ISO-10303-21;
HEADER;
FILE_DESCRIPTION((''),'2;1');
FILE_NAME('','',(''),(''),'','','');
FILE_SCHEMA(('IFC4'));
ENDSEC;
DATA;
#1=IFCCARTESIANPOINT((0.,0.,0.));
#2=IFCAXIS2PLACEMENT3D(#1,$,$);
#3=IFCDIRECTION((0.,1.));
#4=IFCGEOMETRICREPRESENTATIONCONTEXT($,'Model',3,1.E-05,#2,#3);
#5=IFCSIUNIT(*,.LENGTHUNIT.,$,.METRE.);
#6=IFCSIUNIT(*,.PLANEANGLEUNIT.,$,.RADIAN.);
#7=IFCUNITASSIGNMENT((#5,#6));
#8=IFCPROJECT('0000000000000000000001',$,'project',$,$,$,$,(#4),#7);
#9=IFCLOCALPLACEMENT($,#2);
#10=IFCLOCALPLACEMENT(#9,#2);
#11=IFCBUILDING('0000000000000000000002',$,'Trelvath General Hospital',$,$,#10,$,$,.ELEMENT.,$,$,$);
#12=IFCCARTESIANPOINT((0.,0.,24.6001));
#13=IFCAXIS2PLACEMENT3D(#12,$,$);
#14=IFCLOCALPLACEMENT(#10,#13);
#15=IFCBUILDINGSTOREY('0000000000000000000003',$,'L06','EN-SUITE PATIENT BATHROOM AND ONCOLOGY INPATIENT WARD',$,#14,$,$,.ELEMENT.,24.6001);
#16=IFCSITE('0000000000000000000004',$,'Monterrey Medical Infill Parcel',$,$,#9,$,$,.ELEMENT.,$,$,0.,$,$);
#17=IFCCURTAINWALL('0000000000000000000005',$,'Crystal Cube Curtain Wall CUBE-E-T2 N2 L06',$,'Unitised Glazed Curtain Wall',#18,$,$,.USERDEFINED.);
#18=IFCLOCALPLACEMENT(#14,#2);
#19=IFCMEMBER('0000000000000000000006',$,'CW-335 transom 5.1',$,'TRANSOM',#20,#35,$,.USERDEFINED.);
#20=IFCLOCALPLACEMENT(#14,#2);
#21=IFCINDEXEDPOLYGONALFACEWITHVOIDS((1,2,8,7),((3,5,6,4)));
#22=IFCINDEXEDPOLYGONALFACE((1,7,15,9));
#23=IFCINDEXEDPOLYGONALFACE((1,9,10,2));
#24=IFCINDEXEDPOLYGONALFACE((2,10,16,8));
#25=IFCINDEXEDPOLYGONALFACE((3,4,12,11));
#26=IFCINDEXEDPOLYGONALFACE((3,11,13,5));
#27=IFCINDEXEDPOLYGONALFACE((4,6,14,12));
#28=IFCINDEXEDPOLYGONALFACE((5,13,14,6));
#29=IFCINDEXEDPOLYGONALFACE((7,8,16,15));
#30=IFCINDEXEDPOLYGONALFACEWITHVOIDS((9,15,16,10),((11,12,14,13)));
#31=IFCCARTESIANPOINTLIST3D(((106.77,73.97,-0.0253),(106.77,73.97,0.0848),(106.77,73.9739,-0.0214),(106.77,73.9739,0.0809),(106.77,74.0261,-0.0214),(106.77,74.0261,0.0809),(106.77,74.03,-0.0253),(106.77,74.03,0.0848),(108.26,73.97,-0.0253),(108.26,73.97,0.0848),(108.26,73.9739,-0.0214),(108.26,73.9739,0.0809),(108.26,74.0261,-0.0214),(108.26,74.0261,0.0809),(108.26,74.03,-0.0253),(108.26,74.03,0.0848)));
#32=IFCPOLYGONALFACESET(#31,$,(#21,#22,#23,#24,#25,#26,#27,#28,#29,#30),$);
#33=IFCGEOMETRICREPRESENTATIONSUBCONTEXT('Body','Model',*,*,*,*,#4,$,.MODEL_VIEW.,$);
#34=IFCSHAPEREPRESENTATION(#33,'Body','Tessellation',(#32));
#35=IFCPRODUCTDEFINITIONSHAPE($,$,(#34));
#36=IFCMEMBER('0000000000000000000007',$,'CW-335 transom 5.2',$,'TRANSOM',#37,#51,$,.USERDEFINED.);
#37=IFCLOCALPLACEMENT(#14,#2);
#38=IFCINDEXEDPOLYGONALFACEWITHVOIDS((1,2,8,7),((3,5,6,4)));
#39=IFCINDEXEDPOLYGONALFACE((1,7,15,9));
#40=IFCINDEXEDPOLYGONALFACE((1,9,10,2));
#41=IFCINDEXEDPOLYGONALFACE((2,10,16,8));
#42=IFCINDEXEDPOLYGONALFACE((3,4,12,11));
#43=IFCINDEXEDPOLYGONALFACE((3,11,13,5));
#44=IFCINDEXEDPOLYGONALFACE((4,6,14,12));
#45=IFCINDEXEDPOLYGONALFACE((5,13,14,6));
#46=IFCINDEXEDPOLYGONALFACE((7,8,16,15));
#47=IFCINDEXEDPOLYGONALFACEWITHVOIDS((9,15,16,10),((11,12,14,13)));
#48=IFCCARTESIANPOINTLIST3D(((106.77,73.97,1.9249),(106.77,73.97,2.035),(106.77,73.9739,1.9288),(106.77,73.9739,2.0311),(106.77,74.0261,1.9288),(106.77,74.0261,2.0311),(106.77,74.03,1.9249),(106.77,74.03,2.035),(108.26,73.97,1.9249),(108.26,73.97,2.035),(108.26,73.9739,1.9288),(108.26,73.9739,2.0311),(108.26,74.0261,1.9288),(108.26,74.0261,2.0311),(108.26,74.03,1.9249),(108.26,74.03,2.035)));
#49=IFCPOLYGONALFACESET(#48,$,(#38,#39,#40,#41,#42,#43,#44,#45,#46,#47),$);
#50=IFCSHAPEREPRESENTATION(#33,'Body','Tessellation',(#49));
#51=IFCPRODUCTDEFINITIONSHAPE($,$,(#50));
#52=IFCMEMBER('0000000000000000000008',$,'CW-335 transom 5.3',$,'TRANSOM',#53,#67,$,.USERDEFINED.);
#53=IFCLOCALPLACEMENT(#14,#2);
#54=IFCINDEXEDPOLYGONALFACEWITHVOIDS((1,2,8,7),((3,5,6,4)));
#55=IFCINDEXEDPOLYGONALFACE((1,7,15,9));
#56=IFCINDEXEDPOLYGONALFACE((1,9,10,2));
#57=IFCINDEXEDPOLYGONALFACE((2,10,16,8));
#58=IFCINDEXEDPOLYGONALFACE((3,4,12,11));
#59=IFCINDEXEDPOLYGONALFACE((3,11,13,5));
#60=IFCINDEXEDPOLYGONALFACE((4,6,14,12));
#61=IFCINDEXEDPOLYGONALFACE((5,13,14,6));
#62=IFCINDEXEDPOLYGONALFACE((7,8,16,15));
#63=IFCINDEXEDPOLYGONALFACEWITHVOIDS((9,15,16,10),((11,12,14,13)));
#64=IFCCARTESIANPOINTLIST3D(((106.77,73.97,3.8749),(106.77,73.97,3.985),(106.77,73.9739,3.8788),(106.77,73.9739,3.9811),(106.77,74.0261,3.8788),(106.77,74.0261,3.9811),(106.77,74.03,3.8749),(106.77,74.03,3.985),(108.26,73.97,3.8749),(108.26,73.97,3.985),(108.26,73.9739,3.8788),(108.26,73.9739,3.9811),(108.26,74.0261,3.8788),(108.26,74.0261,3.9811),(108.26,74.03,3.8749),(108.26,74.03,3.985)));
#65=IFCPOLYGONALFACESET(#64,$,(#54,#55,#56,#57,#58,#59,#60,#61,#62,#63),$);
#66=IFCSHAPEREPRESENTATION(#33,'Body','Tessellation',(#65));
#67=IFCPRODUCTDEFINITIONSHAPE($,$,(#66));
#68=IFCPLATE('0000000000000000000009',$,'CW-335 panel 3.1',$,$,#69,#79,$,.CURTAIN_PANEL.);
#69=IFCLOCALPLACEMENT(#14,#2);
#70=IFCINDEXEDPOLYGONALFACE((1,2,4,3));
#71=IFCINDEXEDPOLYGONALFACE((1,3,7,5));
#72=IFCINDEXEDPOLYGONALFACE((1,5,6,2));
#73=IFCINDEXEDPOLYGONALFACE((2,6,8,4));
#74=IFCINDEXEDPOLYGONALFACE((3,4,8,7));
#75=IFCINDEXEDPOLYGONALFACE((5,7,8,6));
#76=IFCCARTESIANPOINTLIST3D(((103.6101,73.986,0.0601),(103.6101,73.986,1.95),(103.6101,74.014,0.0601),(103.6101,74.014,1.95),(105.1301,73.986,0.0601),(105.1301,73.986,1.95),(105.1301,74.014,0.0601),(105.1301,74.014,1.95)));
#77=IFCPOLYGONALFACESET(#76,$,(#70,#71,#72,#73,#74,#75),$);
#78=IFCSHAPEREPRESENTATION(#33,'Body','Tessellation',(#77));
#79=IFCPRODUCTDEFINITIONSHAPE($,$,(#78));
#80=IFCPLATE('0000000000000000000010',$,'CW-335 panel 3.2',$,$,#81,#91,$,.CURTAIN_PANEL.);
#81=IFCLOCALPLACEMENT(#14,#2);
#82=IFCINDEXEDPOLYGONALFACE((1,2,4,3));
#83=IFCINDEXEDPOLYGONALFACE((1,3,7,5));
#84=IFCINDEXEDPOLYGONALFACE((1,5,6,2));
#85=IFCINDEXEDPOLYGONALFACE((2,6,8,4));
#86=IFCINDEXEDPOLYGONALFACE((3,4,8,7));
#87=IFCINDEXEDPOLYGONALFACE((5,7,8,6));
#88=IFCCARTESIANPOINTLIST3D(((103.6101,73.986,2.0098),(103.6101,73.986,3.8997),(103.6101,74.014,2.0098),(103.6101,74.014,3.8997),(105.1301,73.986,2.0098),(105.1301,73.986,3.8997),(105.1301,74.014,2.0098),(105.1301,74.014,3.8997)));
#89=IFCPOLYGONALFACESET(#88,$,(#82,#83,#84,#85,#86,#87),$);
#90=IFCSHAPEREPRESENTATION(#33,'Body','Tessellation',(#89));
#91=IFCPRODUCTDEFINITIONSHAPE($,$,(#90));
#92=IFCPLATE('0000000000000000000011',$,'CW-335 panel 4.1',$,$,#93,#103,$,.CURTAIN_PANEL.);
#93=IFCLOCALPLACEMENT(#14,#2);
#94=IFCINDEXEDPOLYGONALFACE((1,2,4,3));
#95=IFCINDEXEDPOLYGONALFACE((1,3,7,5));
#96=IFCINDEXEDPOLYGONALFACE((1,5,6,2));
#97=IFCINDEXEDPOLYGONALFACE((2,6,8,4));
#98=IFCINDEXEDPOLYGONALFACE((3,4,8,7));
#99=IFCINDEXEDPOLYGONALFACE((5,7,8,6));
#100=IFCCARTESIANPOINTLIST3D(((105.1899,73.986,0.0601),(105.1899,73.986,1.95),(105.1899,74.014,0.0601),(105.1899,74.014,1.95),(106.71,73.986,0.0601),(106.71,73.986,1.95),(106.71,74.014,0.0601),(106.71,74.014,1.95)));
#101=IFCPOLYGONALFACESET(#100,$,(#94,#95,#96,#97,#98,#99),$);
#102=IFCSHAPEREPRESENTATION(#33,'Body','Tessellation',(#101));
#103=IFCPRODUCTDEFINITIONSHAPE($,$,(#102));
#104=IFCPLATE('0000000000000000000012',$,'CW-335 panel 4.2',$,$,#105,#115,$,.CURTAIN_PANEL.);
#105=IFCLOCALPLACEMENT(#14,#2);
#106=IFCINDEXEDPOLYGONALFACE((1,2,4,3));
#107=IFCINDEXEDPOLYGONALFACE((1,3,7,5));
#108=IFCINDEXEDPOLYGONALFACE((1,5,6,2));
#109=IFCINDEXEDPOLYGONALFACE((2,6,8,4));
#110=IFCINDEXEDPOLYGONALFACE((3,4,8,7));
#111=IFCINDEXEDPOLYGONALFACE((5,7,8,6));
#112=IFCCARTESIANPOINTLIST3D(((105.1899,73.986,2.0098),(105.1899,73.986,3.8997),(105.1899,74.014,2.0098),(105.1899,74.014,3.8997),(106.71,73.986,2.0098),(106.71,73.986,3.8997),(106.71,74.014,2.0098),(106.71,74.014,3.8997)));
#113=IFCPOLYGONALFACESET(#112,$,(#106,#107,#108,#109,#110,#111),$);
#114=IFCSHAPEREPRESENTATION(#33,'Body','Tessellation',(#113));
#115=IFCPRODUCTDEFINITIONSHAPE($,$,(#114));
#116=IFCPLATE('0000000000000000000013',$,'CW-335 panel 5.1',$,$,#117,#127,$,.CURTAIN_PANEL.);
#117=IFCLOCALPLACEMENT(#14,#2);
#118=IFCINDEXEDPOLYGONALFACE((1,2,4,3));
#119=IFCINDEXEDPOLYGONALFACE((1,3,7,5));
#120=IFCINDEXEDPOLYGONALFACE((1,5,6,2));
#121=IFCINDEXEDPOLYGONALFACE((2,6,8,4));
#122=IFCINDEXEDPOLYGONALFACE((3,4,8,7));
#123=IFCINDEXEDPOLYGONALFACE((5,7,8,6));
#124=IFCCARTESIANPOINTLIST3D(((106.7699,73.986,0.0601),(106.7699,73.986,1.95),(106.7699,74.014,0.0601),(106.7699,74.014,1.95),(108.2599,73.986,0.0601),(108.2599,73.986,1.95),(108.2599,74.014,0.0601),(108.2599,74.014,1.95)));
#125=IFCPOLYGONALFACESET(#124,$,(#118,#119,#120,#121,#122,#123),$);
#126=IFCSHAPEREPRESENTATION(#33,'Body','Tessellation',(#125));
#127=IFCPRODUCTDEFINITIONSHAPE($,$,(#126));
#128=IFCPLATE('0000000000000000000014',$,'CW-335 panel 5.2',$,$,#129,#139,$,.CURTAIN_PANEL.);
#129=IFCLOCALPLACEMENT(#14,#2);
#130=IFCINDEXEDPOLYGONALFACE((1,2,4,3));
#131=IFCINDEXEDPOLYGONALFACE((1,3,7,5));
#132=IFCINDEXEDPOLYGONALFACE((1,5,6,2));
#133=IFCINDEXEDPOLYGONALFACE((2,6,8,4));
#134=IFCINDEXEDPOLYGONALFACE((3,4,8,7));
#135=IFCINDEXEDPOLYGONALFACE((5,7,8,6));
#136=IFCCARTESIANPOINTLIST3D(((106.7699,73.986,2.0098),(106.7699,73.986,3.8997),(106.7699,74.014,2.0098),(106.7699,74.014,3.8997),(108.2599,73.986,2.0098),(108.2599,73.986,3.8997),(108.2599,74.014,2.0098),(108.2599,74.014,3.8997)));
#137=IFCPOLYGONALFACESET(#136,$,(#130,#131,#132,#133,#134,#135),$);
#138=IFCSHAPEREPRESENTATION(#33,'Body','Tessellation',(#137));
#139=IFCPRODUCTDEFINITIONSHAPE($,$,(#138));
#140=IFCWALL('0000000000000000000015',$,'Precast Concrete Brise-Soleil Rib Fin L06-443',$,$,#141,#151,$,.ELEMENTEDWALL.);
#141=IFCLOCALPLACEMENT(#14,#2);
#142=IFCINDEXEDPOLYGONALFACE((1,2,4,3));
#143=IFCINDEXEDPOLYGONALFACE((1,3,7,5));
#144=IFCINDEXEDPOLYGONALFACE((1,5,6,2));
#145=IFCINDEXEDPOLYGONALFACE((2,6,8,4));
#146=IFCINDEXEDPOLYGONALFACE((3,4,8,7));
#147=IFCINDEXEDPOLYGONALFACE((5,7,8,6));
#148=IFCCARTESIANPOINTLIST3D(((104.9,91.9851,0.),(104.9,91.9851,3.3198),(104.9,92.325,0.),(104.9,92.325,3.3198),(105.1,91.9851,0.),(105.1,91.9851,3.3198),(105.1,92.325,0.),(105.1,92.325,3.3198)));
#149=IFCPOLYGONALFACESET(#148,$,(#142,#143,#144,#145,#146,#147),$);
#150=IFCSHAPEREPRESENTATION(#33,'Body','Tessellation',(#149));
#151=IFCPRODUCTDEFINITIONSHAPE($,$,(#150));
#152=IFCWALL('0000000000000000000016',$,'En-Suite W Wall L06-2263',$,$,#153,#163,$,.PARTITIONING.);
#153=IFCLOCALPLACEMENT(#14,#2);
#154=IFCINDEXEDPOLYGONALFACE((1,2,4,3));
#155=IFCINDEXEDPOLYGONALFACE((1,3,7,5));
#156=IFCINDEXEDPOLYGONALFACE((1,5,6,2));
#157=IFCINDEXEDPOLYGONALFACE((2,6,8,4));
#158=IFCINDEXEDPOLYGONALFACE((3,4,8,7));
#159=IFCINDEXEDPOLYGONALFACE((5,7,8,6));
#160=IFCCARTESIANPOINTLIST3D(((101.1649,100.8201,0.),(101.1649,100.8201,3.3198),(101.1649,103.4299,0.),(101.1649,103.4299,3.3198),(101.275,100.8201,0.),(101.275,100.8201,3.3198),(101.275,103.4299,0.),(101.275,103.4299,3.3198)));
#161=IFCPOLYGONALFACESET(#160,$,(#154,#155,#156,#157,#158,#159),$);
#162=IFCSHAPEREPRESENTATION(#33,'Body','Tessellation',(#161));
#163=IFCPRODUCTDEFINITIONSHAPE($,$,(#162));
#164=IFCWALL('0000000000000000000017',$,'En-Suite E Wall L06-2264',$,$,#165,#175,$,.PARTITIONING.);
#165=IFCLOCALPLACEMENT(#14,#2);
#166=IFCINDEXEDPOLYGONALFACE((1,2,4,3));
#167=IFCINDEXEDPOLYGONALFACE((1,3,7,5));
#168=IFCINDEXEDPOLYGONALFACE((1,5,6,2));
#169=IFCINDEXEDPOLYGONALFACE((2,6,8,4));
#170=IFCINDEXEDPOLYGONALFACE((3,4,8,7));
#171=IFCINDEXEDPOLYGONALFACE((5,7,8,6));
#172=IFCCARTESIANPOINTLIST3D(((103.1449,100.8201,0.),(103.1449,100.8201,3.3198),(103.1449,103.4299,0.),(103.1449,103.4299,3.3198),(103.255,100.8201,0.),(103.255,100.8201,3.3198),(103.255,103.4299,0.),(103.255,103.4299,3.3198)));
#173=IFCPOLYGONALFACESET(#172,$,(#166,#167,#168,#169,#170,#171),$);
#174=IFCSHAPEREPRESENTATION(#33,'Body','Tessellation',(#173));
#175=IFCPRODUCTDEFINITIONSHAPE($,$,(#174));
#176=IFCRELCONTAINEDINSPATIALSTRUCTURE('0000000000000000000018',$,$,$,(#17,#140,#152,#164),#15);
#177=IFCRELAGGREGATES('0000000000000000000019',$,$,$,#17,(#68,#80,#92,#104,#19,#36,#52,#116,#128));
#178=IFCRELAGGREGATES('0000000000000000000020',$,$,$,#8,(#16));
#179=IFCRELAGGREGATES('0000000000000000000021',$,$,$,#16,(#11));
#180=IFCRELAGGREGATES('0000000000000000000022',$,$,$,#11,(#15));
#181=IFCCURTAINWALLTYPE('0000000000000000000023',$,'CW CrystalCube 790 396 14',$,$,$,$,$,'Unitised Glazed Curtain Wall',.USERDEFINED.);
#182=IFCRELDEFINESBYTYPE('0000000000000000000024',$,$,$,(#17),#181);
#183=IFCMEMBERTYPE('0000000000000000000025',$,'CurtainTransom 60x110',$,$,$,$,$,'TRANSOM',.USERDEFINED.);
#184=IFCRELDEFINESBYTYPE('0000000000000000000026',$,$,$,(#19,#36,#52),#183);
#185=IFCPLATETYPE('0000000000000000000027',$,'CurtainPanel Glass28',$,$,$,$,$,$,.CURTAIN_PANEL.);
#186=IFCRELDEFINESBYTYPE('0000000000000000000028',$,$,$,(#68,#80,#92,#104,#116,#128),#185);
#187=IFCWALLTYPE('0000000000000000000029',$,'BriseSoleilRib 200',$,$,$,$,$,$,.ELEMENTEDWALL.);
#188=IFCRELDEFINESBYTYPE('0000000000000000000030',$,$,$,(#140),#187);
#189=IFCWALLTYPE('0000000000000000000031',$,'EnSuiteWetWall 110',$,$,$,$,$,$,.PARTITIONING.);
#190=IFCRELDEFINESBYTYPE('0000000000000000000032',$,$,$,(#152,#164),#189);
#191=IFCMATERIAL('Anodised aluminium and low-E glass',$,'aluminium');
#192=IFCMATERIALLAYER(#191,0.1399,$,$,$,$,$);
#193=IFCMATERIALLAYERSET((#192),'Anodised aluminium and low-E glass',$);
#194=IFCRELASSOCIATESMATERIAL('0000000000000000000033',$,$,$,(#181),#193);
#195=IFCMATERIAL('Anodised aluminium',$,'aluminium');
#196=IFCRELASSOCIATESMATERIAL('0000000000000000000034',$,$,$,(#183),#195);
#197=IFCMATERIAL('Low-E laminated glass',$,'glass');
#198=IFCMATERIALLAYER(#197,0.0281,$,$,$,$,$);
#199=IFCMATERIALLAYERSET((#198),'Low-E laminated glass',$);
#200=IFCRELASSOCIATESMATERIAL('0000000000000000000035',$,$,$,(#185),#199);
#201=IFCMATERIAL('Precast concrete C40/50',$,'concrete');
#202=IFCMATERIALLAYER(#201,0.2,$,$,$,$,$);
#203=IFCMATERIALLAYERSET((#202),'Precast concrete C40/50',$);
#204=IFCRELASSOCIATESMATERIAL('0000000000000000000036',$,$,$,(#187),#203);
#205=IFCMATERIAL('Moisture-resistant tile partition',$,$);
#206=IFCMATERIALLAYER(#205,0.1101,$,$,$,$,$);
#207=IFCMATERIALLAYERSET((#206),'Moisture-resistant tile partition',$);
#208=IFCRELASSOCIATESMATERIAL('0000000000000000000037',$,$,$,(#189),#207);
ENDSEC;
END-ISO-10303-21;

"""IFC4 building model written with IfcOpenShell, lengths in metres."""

from ifc_helpers import new_model, si_unit, direction, frame, frame_2d, origin, origin_2d, place, context, subcontext, project, spatial, rectangle, hollow_rectangle, extrude, material, layer, layer_set, material_profile, profile_set, type_object, element, aggregate, save


model = new_model("IFC4")

# Units and contexts
model_context = context("Model", 3, precision=1e-05, world=origin(), true_north=direction((0.0, 1.0)))
body_context = subcontext(model_context, "Body", "Model", "MODEL_VIEW")
ifc_project = project(units=[si_unit("LENGTHUNIT", "METRE"), si_unit("PLANEANGLEUNIT", "RADIAN")], contexts=[model_context])

# Site, building, storey
site_placement = place(None, origin())
site = spatial("IfcSite", under=ifc_project, at=site_placement, Name="Monterrey Medical Infill Parcel", CompositionType="ELEMENT", RefElevation=0.0)
building_placement = place(site_placement, origin())
building = spatial("IfcBuilding", under=site, at=building_placement, Name="Trelvath General Hospital", CompositionType="ELEMENT")
storey_placement = place(building_placement, frame((0.0, 0.0, 24.6001)))
storey = spatial("IfcBuildingStorey", under=building, at=storey_placement, Name="L06", Description="EN-SUITE PATIENT BATHROOM AND ONCOLOGY INPATIENT WARD", CompositionType="ELEMENT", Elevation=24.6001)

# Curtain wall, members, plates
ifc_material_1 = material(Name="Anodised aluminium and low-E glass", Category="aluminium")
ifc_layer_1 = layer(ifc_material_1, 0.1399)
ifc_layer_set_1 = layer_set([ifc_layer_1], Name="Anodised aluminium and low-E glass")
curtain_wall_type = type_object("IfcCurtainWallType", Name="CW CrystalCube 790 396 14", ElementType="Unitised Glazed Curtain Wall", PredefinedType="USERDEFINED", material=ifc_layer_set_1)
curtain_wall_placement = place(storey_placement, origin())
curtain_wall = element("IfcCurtainWall", 1, at=curtain_wall_placement, inside=storey, type_object=curtain_wall_type, Name="Crystal Cube Curtain Wall CUBE-E-T2 N2 L06", ObjectType="Unitised Glazed Curtain Wall", PredefinedType="USERDEFINED")
ifc_material_2 = material(Name="Anodised aluminium", Category="aluminium")
ifc_material_profile_1 = material_profile(ifc_material_2, hollow_rectangle(XDim=0.0601, YDim=0.1101, WallThickness=0.0039, at=origin_2d()), Name="RHS60x110x4")
ifc_profile_set_1 = profile_set([ifc_material_profile_1], Name="Anodised aluminium")
member_type_1 = type_object("IfcMemberType", Name="CurtainTransom 60x110", ElementType="TRANSOM", PredefinedType="USERDEFINED", material=ifc_profile_set_1)
member_1_placement = place(storey_placement, frame((106.77, 74.0, 0.0298), z_axis=(1.0, 0.0, 0.0), x_axis=(0.0, 1.0, 0.0)))
member_1 = element("IfcMember", 2, at=member_1_placement, type_object=member_type_1, Name="CW-335 transom 5.1", ObjectType="TRANSOM", PredefinedType="USERDEFINED", context=body_context, shape_type="SweptSolid", body=[
    extrude(hollow_rectangle(XDim=0.0601, YDim=0.1101, WallThickness=0.0039, at=origin_2d()), origin(), (0.0, 0.0, 1.0), 1.49),
])
member_2_placement = place(storey_placement, frame((106.77, 74.0, 1.98), z_axis=(1.0, 0.0, 0.0), x_axis=(0.0, 1.0, 0.0)))
member_2 = element("IfcMember", 3, at=member_2_placement, type_object=member_type_1, Name="CW-335 transom 5.2", ObjectType="TRANSOM", PredefinedType="USERDEFINED", context=body_context, shape_type="SweptSolid", body=[
    extrude(hollow_rectangle(XDim=0.0601, YDim=0.1101, WallThickness=0.0039, at=origin_2d()), origin(), (0.0, 0.0, 1.0), 1.49),
])
member_3_placement = place(storey_placement, frame((106.77, 74.0, 3.9299), z_axis=(1.0, 0.0, 0.0), x_axis=(0.0, 1.0, 0.0)))
member_3 = element("IfcMember", 4, at=member_3_placement, type_object=member_type_1, Name="CW-335 transom 5.3", ObjectType="TRANSOM", PredefinedType="USERDEFINED", context=body_context, shape_type="SweptSolid", body=[
    extrude(hollow_rectangle(XDim=0.0601, YDim=0.1101, WallThickness=0.0039, at=origin_2d()), origin(), (0.0, 0.0, 1.0), 1.49),
])
ifc_material_3 = material(Name="Low-E laminated glass", Category="glass")
ifc_layer_2 = layer(ifc_material_3, 0.0281)
ifc_layer_set_2 = layer_set([ifc_layer_2], Name="Low-E laminated glass")
plate_type = type_object("IfcPlateType", Name="CurtainPanel Glass28", PredefinedType="CURTAIN_PANEL", material=ifc_layer_set_2)
plate_1_placement = place(storey_placement, frame((104.3701, 74.0, 0.0601), z_axis=(0.0, 0.0, 1.0), x_axis=(1.0, 0.0, 0.0)))
plate_1 = element("IfcPlate", 5, at=plate_1_placement, type_object=plate_type, Name="CW-335 panel 3.1", PredefinedType="CURTAIN_PANEL", context=body_context, shape_type="SweptSolid", body=[
    extrude(rectangle(XDim=1.52, YDim=0.0281, at=origin_2d()), origin(), (0.0, 0.0, 1.0), 1.8899),
])
plate_2_placement = place(storey_placement, frame((104.3701, 74.0, 2.0098), z_axis=(0.0, 0.0, 1.0), x_axis=(1.0, 0.0, 0.0)))
plate_2 = element("IfcPlate", 6, at=plate_2_placement, type_object=plate_type, Name="CW-335 panel 3.2", PredefinedType="CURTAIN_PANEL", context=body_context, shape_type="SweptSolid", body=[
    extrude(rectangle(XDim=1.52, YDim=0.0281, at=origin_2d()), origin(), (0.0, 0.0, 1.0), 1.8899),
])
plate_3_placement = place(storey_placement, frame((105.95, 74.0, 0.0601), z_axis=(0.0, 0.0, 1.0), x_axis=(1.0, 0.0, 0.0)))
plate_3 = element("IfcPlate", 7, at=plate_3_placement, type_object=plate_type, Name="CW-335 panel 4.1", PredefinedType="CURTAIN_PANEL", context=body_context, shape_type="SweptSolid", body=[
    extrude(rectangle(XDim=1.52, YDim=0.0281, at=origin_2d()), origin(), (0.0, 0.0, 1.0), 1.8899),
])
plate_4_placement = place(storey_placement, frame((105.95, 74.0, 2.0098), z_axis=(0.0, 0.0, 1.0), x_axis=(1.0, 0.0, 0.0)))
plate_4 = element("IfcPlate", 8, at=plate_4_placement, type_object=plate_type, Name="CW-335 panel 4.2", PredefinedType="CURTAIN_PANEL", context=body_context, shape_type="SweptSolid", body=[
    extrude(rectangle(XDim=1.52, YDim=0.0281, at=origin_2d()), origin(), (0.0, 0.0, 1.0), 1.8899),
])
plate_5_placement = place(storey_placement, frame((107.5149, 74.0, 0.0601), z_axis=(0.0, 0.0, 1.0), x_axis=(1.0, 0.0, 0.0)))
plate_5 = element("IfcPlate", 9, at=plate_5_placement, type_object=plate_type, Name="CW-335 panel 5.1", PredefinedType="CURTAIN_PANEL", context=body_context, shape_type="SweptSolid", body=[
    extrude(rectangle(XDim=1.49, YDim=0.0281, at=origin_2d()), origin(), (0.0, 0.0, 1.0), 1.8899),
])
plate_6_placement = place(storey_placement, frame((107.5149, 74.0, 2.0098), z_axis=(0.0, 0.0, 1.0), x_axis=(1.0, 0.0, 0.0)))
plate_6 = element("IfcPlate", 10, at=plate_6_placement, type_object=plate_type, Name="CW-335 panel 5.2", PredefinedType="CURTAIN_PANEL", context=body_context, shape_type="SweptSolid", body=[
    extrude(rectangle(XDim=1.49, YDim=0.0281, at=origin_2d()), origin(), (0.0, 0.0, 1.0), 1.8899),
])
aggregate(curtain_wall, [plate_1, plate_2, plate_3, plate_4, member_1, member_2, member_3, plate_5, plate_6])

# Walls
ifc_material_4 = material(Name="Precast concrete C40/50", Category="concrete")
ifc_layer_3 = layer(ifc_material_4, 0.2)
ifc_layer_set_3 = layer_set([ifc_layer_3], Name="Precast concrete C40/50")
wall_type_1 = type_object("IfcWallType", Name="BriseSoleilRib 200", PredefinedType="ELEMENTEDWALL", material=ifc_layer_set_3)
wall_1_placement = place(storey_placement, frame((105.0, 92.325, 0.0), z_axis=(0.0, 0.0, 1.0), x_axis=(0.0, -1.0, 0.0)))
element("IfcWall", 11, at=wall_1_placement, inside=storey, type_object=wall_type_1, Name="Precast Concrete Brise-Soleil Rib Fin L06-443", PredefinedType="ELEMENTEDWALL", context=body_context, shape_type="SweptSolid", body=[
    extrude(rectangle(XDim=0.3398, YDim=0.2, at=frame_2d((0.1699, 0.0))), origin(), (0.0, 0.0, 1.0), 3.3198),
])
ifc_material_5 = material(Name="Moisture-resistant tile partition")
ifc_layer_4 = layer(ifc_material_5, 0.1101)
ifc_layer_set_4 = layer_set([ifc_layer_4], Name="Moisture-resistant tile partition")
wall_type_2 = type_object("IfcWallType", Name="EnSuiteWetWall 110", PredefinedType="PARTITIONING", material=ifc_layer_set_4)
for number, where, z_axis, x_axis, name in (
    (12, (101.22, 100.8201, 0.0), (0.0, 0.0, 1.0), (0.0, 1.0, 0.0), "En-Suite W Wall L06-2263"),
    (13, (103.2, 100.8201, 0.0), (0.0, 0.0, 1.0), (0.0, 1.0, 0.0), "En-Suite E Wall L06-2264"),
):
    element("IfcWall", number, at=place(storey_placement, frame(where, z_axis=z_axis, x_axis=x_axis)), inside=storey, type_object=wall_type_2, Name=name, PredefinedType="PARTITIONING", context=body_context, shape_type="SweptSolid", body=[
        extrude(rectangle(XDim=2.6099, YDim=0.1101, at=frame_2d((1.3049, 0.0))), origin(), (0.0, 0.0, 1.0), 3.3198),
    ])

save(model, "model.ifc")
